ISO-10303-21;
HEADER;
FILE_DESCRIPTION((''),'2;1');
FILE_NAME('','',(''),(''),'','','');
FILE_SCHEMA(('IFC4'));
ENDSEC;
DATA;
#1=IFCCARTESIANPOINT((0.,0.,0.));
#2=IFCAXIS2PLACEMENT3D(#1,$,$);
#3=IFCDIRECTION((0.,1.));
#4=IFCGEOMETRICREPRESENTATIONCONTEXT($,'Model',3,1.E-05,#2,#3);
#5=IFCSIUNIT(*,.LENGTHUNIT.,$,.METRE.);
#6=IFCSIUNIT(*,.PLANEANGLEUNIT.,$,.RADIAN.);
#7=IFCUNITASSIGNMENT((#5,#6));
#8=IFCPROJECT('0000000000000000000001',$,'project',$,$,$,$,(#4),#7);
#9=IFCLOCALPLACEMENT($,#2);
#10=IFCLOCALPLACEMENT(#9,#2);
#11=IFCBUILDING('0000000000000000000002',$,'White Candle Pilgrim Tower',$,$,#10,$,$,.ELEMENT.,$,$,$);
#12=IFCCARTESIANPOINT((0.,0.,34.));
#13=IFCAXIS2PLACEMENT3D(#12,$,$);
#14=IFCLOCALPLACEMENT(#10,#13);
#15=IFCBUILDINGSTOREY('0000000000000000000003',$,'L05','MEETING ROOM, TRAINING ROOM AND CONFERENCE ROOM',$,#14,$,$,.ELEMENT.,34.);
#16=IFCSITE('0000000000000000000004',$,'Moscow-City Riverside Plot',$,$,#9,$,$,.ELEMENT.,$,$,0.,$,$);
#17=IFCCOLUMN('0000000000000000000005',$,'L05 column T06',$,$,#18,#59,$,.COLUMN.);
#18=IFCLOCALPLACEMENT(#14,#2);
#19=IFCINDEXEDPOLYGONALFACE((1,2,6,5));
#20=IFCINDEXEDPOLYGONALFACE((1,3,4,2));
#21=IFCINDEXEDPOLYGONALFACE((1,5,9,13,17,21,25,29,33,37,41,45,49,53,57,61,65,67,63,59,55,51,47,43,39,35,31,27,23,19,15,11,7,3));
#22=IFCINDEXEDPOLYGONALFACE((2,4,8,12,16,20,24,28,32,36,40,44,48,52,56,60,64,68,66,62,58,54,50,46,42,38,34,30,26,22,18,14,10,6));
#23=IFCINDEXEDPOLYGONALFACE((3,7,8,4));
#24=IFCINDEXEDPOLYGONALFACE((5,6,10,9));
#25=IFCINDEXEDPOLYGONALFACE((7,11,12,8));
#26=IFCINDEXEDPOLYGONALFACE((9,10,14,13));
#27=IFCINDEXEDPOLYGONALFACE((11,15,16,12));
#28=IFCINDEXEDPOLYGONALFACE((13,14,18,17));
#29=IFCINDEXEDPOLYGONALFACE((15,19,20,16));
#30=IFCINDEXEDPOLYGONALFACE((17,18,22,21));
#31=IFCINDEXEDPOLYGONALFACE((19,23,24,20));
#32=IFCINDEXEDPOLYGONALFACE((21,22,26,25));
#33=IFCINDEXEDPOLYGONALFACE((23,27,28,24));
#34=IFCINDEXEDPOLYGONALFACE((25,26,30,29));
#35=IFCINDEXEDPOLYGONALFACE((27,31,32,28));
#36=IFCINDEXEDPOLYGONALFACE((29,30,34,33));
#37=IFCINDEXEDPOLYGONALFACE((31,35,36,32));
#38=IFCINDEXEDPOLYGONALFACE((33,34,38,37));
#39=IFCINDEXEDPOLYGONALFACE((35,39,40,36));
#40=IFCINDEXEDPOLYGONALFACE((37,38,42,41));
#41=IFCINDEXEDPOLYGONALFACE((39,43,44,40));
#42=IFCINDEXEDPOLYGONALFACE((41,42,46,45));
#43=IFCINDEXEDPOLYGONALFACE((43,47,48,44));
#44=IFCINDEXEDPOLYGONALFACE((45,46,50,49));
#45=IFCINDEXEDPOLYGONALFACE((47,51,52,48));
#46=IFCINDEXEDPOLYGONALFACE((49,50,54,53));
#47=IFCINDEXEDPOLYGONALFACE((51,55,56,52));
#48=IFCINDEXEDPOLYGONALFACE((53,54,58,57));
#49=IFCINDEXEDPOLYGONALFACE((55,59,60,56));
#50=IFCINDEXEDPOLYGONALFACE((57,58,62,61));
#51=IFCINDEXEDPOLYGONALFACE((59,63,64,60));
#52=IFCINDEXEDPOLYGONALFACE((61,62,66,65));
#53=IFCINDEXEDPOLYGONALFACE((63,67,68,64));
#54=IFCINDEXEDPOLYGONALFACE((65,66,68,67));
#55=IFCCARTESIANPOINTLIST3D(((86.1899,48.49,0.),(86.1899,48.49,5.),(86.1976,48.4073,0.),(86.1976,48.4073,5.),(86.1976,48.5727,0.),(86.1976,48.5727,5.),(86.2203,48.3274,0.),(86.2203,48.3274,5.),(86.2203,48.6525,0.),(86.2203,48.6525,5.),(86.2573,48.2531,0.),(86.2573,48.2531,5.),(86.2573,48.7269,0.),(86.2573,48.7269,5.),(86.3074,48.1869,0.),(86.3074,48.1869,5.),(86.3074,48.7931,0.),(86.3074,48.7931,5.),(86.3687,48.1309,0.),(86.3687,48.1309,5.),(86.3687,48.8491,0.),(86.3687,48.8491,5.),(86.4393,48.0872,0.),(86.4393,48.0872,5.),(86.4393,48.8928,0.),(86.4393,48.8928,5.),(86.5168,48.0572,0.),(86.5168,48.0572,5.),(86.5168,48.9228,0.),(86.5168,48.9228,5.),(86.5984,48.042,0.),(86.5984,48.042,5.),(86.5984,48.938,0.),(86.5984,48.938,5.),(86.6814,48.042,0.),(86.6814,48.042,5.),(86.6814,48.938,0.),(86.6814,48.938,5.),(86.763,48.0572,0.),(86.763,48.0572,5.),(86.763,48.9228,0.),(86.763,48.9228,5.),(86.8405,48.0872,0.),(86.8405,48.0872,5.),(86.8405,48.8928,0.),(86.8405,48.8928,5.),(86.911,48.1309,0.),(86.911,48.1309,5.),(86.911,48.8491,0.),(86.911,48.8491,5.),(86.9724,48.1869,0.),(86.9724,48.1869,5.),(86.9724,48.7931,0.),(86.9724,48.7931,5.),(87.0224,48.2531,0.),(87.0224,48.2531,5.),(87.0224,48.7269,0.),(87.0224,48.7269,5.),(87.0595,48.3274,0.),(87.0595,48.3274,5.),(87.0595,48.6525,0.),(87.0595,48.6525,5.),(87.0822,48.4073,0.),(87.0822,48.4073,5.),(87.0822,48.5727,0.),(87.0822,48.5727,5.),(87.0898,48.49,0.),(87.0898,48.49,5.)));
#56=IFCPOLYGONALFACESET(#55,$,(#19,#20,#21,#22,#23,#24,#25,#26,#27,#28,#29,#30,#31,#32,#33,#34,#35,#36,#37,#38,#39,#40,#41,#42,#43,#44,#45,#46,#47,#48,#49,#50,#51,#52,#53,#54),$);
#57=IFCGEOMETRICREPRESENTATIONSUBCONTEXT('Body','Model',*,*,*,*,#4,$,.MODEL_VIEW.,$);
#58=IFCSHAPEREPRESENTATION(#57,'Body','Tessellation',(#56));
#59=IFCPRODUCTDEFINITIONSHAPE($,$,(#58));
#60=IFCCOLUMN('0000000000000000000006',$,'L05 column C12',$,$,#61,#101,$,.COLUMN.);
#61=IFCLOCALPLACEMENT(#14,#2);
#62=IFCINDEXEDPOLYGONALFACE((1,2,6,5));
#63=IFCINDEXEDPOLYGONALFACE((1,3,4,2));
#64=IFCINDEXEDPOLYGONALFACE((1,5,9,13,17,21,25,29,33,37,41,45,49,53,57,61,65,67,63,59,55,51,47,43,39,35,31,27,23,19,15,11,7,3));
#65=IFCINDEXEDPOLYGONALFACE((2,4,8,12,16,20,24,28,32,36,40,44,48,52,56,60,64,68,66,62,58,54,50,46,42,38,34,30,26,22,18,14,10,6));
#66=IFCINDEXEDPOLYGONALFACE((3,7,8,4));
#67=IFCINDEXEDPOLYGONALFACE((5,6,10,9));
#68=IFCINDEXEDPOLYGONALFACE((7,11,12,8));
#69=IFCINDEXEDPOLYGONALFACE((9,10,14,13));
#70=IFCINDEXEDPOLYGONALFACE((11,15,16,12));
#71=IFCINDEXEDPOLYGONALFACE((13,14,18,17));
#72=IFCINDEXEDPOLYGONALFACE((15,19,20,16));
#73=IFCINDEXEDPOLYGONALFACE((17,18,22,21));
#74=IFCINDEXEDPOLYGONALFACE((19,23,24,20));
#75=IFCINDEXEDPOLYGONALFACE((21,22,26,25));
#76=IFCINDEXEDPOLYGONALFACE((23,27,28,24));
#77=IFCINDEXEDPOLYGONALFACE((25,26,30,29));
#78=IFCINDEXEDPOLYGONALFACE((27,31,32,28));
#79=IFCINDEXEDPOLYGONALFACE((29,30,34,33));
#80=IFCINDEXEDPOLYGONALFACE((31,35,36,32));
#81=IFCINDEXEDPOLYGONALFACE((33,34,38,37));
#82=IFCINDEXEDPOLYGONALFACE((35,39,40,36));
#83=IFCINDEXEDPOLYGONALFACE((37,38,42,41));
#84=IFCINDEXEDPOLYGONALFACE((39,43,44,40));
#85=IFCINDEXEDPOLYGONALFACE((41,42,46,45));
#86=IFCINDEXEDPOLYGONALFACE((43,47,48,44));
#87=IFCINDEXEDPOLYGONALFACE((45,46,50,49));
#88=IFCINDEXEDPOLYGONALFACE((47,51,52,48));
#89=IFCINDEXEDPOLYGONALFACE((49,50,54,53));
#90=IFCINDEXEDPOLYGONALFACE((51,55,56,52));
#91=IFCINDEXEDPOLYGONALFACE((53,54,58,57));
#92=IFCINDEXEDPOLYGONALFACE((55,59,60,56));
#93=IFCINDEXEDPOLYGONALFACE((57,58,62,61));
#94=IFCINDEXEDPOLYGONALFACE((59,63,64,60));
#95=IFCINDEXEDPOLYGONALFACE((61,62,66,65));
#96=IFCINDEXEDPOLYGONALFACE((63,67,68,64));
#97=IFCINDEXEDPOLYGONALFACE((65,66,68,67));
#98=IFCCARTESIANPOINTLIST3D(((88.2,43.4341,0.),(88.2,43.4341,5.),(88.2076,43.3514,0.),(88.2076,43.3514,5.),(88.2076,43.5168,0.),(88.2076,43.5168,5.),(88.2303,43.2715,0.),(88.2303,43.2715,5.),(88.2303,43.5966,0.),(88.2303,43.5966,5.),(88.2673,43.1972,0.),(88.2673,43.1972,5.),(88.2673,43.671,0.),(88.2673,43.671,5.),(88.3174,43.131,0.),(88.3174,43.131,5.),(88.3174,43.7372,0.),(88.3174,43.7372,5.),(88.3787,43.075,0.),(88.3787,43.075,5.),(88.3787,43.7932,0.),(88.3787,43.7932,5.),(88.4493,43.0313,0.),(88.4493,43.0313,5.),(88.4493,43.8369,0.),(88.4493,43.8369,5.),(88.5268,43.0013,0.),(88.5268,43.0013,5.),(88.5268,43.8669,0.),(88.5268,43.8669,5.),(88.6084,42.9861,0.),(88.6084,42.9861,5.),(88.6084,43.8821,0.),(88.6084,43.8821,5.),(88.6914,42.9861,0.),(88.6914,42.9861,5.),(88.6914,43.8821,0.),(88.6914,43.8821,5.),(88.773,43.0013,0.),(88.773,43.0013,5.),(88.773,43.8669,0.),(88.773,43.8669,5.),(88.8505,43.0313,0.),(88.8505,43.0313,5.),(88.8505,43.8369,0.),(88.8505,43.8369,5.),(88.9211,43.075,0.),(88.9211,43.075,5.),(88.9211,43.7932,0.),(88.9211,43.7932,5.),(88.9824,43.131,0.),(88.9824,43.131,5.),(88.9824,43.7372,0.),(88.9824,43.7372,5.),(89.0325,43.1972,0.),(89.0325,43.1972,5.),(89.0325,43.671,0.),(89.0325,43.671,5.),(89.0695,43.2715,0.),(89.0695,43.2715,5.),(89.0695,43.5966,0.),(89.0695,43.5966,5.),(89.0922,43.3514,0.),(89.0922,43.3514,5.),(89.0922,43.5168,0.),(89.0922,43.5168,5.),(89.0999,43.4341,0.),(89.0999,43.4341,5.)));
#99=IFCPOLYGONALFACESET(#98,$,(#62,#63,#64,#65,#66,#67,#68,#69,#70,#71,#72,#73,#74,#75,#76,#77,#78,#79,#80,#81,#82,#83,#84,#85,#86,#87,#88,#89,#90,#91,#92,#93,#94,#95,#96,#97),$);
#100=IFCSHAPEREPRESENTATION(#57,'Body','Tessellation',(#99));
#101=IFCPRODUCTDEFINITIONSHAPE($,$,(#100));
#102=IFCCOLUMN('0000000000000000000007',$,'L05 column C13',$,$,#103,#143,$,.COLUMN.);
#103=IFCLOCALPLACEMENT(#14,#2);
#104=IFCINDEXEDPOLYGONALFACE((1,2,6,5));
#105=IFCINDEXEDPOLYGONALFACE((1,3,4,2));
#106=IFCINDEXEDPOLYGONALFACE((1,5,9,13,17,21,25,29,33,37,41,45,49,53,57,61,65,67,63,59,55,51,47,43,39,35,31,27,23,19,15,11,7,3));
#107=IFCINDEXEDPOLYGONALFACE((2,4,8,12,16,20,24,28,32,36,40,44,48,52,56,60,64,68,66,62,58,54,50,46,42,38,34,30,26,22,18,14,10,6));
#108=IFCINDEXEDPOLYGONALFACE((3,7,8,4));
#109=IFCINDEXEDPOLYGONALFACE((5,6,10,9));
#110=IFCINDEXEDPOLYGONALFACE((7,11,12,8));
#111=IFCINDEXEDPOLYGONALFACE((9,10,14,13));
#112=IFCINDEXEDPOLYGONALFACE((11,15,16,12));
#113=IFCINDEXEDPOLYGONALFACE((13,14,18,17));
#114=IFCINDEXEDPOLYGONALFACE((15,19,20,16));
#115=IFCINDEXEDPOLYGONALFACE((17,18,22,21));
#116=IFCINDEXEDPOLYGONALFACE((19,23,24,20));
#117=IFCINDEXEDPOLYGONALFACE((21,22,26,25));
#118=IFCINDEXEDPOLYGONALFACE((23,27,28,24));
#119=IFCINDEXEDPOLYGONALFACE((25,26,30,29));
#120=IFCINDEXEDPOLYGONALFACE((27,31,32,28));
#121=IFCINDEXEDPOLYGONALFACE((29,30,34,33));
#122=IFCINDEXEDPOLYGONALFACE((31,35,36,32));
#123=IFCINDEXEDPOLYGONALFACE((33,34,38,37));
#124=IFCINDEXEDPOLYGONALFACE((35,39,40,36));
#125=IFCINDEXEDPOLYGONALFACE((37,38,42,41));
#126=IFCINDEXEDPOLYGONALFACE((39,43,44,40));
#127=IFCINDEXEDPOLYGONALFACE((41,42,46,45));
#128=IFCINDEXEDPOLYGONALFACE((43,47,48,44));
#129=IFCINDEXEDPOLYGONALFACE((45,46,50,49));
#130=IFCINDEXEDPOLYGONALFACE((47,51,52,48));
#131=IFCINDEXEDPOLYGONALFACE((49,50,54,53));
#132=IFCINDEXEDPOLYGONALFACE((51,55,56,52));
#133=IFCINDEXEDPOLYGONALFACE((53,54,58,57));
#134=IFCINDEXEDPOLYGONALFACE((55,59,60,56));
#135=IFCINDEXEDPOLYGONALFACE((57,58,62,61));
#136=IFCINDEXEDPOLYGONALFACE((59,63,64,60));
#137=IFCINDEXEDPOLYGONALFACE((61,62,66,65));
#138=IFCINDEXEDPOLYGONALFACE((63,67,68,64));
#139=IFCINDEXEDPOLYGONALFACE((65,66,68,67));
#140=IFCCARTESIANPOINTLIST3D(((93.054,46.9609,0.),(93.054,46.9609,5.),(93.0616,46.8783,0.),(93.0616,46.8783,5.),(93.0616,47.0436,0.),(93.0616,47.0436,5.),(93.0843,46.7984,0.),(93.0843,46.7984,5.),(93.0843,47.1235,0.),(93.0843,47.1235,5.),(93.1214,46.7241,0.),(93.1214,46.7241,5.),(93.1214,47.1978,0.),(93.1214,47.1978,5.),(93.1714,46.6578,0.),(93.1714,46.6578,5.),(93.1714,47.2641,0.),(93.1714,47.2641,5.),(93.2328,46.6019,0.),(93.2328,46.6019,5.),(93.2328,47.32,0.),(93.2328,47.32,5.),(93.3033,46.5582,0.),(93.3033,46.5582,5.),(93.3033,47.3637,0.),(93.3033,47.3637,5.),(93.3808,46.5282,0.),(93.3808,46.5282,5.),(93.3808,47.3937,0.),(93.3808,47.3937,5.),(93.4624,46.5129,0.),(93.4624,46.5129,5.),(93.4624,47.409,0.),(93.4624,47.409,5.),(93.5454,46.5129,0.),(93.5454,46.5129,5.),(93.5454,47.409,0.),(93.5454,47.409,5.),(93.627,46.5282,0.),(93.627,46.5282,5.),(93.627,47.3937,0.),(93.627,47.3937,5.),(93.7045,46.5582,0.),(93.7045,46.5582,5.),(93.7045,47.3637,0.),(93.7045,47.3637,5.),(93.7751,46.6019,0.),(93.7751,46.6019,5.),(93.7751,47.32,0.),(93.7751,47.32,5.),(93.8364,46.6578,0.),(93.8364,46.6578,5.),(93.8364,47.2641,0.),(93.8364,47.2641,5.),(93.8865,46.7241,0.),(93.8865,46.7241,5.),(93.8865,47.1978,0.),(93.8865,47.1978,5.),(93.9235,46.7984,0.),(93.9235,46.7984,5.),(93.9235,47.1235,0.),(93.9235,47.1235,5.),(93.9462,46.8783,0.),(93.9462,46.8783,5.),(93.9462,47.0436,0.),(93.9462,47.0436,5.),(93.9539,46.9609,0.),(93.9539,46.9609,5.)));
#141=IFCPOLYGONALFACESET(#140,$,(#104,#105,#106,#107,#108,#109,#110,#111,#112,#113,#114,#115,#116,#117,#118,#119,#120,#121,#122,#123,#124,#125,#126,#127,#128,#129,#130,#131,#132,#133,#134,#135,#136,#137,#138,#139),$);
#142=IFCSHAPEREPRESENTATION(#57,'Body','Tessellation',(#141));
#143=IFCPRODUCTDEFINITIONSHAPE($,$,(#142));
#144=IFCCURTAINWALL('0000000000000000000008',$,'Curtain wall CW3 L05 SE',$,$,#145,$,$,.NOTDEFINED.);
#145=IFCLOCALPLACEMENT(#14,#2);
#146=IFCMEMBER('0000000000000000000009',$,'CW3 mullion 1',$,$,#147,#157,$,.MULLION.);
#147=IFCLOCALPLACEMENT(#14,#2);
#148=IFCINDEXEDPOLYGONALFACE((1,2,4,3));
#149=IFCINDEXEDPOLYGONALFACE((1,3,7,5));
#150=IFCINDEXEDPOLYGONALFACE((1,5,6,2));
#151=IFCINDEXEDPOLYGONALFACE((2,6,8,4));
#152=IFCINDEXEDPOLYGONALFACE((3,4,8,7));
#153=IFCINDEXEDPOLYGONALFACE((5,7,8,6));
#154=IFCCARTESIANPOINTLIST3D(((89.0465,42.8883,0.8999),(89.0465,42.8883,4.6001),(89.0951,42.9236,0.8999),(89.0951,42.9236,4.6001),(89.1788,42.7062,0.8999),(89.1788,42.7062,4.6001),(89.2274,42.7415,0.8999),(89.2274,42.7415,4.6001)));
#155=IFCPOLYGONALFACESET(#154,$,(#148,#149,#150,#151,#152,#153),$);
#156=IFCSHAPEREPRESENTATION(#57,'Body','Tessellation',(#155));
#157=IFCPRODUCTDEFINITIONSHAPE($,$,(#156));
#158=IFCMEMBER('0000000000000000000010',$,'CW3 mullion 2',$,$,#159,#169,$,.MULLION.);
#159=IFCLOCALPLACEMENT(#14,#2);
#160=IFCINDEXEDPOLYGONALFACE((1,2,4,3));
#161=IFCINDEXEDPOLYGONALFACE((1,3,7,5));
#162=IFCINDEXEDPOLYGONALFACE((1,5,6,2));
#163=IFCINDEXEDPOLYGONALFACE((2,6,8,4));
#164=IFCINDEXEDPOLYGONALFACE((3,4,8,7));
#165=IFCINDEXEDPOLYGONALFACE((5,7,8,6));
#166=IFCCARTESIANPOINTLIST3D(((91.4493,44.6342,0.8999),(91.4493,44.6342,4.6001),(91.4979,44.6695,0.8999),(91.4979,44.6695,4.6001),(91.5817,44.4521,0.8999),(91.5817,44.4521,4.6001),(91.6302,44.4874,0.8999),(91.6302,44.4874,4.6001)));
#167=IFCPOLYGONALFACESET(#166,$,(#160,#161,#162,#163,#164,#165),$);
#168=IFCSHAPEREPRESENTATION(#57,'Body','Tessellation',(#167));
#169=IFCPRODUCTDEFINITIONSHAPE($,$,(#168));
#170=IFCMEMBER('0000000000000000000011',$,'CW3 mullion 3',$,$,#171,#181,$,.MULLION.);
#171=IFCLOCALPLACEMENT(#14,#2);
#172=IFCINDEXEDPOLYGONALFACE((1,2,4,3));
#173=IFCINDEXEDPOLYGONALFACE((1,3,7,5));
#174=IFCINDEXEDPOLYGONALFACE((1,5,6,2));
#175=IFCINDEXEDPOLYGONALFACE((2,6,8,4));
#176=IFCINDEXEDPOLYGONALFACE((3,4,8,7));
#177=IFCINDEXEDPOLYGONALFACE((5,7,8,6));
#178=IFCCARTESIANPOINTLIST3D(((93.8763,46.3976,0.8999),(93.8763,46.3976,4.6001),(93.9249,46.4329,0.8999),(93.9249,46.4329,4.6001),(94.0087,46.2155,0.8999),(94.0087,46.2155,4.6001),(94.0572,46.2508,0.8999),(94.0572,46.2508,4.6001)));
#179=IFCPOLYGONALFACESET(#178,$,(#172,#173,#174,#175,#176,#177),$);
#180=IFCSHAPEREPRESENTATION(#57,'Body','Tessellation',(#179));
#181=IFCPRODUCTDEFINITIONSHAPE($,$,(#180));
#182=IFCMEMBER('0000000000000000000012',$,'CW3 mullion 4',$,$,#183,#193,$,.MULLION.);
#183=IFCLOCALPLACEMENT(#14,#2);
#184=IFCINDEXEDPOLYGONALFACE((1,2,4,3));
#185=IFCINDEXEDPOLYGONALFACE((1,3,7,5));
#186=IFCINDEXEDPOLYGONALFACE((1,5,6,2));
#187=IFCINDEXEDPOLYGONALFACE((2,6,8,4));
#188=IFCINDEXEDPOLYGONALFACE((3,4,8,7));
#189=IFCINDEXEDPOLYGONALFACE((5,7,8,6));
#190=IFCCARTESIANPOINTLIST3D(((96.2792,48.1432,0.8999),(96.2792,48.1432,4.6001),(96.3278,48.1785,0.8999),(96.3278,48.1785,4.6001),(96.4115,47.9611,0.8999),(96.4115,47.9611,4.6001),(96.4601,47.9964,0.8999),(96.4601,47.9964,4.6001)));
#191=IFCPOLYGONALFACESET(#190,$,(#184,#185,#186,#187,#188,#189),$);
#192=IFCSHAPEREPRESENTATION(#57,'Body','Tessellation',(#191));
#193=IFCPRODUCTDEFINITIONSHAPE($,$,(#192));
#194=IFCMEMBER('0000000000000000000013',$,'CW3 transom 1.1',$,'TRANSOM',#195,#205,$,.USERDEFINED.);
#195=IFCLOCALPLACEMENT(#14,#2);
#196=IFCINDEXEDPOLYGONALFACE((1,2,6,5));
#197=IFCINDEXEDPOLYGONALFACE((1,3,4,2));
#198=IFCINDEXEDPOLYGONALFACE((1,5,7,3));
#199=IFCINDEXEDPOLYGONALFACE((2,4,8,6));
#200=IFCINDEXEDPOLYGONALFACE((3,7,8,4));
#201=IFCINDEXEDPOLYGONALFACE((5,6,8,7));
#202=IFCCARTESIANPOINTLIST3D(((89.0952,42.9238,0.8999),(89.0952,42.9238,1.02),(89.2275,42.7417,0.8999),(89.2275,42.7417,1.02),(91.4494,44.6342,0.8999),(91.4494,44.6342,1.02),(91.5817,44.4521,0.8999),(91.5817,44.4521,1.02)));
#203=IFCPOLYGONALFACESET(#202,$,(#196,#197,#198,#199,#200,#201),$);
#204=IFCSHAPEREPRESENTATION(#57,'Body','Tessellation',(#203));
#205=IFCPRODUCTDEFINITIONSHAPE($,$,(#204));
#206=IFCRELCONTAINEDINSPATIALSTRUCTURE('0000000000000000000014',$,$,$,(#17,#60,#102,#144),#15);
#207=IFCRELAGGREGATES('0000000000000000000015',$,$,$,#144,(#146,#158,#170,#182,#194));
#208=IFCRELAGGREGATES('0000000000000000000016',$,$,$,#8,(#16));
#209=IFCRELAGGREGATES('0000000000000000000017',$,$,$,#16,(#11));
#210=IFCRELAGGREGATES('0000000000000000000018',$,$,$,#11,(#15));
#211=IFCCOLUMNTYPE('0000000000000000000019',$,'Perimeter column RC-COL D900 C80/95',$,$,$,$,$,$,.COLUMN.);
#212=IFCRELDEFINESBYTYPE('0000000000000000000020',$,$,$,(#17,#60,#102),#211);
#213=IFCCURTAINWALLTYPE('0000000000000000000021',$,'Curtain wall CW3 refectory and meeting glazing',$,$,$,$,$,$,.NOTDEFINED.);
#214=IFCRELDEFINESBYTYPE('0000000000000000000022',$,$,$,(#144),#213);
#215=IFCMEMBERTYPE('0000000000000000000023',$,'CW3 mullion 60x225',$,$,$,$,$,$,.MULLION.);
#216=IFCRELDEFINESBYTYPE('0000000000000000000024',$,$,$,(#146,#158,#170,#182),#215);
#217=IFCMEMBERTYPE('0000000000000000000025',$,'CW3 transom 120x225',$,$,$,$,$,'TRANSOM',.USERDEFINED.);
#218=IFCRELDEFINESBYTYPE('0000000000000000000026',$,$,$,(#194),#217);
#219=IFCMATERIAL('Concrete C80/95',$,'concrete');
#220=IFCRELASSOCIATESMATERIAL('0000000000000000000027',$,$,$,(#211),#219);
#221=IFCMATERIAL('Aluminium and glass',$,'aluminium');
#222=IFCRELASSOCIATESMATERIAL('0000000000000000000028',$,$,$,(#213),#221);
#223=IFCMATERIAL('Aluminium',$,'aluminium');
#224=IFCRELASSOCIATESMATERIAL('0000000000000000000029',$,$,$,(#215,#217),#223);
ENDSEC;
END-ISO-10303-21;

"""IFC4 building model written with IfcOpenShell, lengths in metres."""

from ifc_helpers import new_model, si_unit, direction, frame, origin, origin_2d, place, context, subcontext, project, spatial, rectangle, circle, extrude, material, material_profile, profile_set, type_object, element, aggregate, save


model = new_model("IFC4")

# Units and contexts
model_context = context("Model", 3, precision=1e-05, world=origin(), true_north=direction((0.0, 1.0)))
body_context = subcontext(model_context, "Body", "Model", "MODEL_VIEW")
ifc_project = project(units=[si_unit("LENGTHUNIT", "METRE"), si_unit("PLANEANGLEUNIT", "RADIAN")], contexts=[model_context])

# Site, building, storey
site_placement = place(None, origin())
site = spatial("IfcSite", under=ifc_project, at=site_placement, Name="Moscow-City Riverside Plot", CompositionType="ELEMENT", RefElevation=0.0)
building_placement = place(site_placement, origin())
building = spatial("IfcBuilding", under=site, at=building_placement, Name="White Candle Pilgrim Tower", CompositionType="ELEMENT")
storey_placement = place(building_placement, frame((0.0, 0.0, 34.0)))
storey = spatial("IfcBuildingStorey", under=building, at=storey_placement, Name="L05", Description="MEETING ROOM, TRAINING ROOM AND CONFERENCE ROOM", CompositionType="ELEMENT", Elevation=34.0)

# Columns
ifc_material_1 = material(Name="Concrete C80/95", Category="concrete")
ifc_material_profile_1 = material_profile(ifc_material_1, circle(Radius=0.45, at=origin_2d()), Name="RC-COL D900")
ifc_profile_set_1 = profile_set([ifc_material_profile_1], Name="Concrete C80/95")
column_type = type_object("IfcColumnType", Name="Perimeter column RC-COL D900 C80/95", PredefinedType="COLUMN", material=ifc_profile_set_1)
for number, where, z_axis, x_axis, name in (
    (1, (86.6399, 48.49, 0.0), (0.0, 0.0, 1.0), (1.0, 0.0, 0.0), "L05 column T06"),
    (2, (88.6499, 43.4341, 0.0), (0.0, 0.0, 1.0), (1.0, 0.0, 0.0), "L05 column C12"),
    (3, (93.5039, 46.9609, 0.0), (0.0, 0.0, 1.0), (1.0, 0.0, 0.0), "L05 column C13"),
):
    element("IfcColumn", number, at=place(storey_placement, frame(where, z_axis=z_axis, x_axis=x_axis)), inside=storey, type_object=column_type, Name=name, PredefinedType="COLUMN", context=body_context, shape_type="SweptSolid", body=[
        extrude(circle(Radius=0.45, at=origin_2d()), origin(), (0.0, 0.0, 1.0), 5.0),
    ])

# Curtain wall, members
ifc_material_2 = material(Name="Aluminium and glass", Category="aluminium")
curtain_wall_type = type_object("IfcCurtainWallType", Name="Curtain wall CW3 refectory and meeting glazing", PredefinedType="NOTDEFINED", material=ifc_material_2)
curtain_wall_placement = place(storey_placement, origin())
curtain_wall = element("IfcCurtainWall", 4, at=curtain_wall_placement, inside=storey, type_object=curtain_wall_type, Name="Curtain wall CW3 L05 SE", PredefinedType="NOTDEFINED")
ifc_material_3 = material(Name="Aluminium", Category="aluminium")
ifc_material_profile_2 = material_profile(ifc_material_3, rectangle(XDim=0.2251, YDim=0.0601, at=origin_2d()), Name="CW3 mullion 60x225")
ifc_profile_set_2 = profile_set([ifc_material_profile_2], Name="Aluminium")
member_type_1 = type_object("IfcMemberType", Name="CW3 mullion 60x225", PredefinedType="MULLION", material=ifc_profile_set_2)
member_1_placement = place(storey_placement, frame((89.137, 42.8149, 0.8999), z_axis=(0.0, 0.0, 1.0), x_axis=(-0.587785, 0.809017, 0.0)))
member_1 = element("IfcMember", 5, at=member_1_placement, type_object=member_type_1, Name="CW3 mullion 1", PredefinedType="MULLION", context=body_context, shape_type="SweptSolid", body=[
    extrude(rectangle(XDim=0.2251, YDim=0.0601, at=origin_2d()), origin(), (0.0, 0.0, 1.0), 3.7002),
])
member_2_placement = place(storey_placement, frame((91.5398, 44.5608, 0.8999), z_axis=(0.0, 0.0, 1.0), x_axis=(-0.587785, 0.809017, 0.0)))
member_2 = element("IfcMember", 6, at=member_2_placement, type_object=member_type_1, Name="CW3 mullion 2", PredefinedType="MULLION", context=body_context, shape_type="SweptSolid", body=[
    extrude(rectangle(XDim=0.2251, YDim=0.0601, at=origin_2d()), origin(), (0.0, 0.0, 1.0), 3.7002),
])
member_3_placement = place(storey_placement, frame((93.9668, 46.3242, 0.8999), z_axis=(0.0, 0.0, 1.0), x_axis=(-0.587785, 0.809017, 0.0)))
member_3 = element("IfcMember", 7, at=member_3_placement, type_object=member_type_1, Name="CW3 mullion 3", PredefinedType="MULLION", context=body_context, shape_type="SweptSolid", body=[
    extrude(rectangle(XDim=0.2251, YDim=0.0601, at=origin_2d()), origin(), (0.0, 0.0, 1.0), 3.7002),
])
member_4_placement = place(storey_placement, frame((96.3696, 48.0698, 0.8999), z_axis=(0.0, 0.0, 1.0), x_axis=(-0.587785, 0.809017, 0.0)))
member_4 = element("IfcMember", 8, at=member_4_placement, type_object=member_type_1, Name="CW3 mullion 4", PredefinedType="MULLION", context=body_context, shape_type="SweptSolid", body=[
    extrude(rectangle(XDim=0.2251, YDim=0.0601, at=origin_2d()), origin(), (0.0, 0.0, 1.0), 3.7002),
])
ifc_material_profile_3 = material_profile(ifc_material_3, rectangle(XDim=0.2251, YDim=0.1201, at=origin_2d()), Name="CW3 transom 120x225")
ifc_profile_set_3 = profile_set([ifc_material_profile_3], Name="Aluminium")
member_type_2 = type_object("IfcMemberType", Name="CW3 transom 120x225", ElementType="TRANSOM", PredefinedType="USERDEFINED", material=ifc_profile_set_3)
member_5_placement = place(storey_placement, frame((89.1614, 42.8328, 0.96), z_axis=(0.809019, 0.587783, 0.0), x_axis=(-0.587783, 0.809019, 0.0)))
member_5 = element("IfcMember", 9, at=member_5_placement, type_object=member_type_2, Name="CW3 transom 1.1", ObjectType="TRANSOM", PredefinedType="USERDEFINED", context=body_context, shape_type="SweptSolid", body=[
    extrude(rectangle(XDim=0.2251, YDim=0.1201, at=origin_2d()), origin(), (0.0, 0.0, 1.0), 2.9099),
])

aggregate(curtain_wall, [member_1, member_2, member_3, member_4, member_5])

save(model, "model.ifc")
